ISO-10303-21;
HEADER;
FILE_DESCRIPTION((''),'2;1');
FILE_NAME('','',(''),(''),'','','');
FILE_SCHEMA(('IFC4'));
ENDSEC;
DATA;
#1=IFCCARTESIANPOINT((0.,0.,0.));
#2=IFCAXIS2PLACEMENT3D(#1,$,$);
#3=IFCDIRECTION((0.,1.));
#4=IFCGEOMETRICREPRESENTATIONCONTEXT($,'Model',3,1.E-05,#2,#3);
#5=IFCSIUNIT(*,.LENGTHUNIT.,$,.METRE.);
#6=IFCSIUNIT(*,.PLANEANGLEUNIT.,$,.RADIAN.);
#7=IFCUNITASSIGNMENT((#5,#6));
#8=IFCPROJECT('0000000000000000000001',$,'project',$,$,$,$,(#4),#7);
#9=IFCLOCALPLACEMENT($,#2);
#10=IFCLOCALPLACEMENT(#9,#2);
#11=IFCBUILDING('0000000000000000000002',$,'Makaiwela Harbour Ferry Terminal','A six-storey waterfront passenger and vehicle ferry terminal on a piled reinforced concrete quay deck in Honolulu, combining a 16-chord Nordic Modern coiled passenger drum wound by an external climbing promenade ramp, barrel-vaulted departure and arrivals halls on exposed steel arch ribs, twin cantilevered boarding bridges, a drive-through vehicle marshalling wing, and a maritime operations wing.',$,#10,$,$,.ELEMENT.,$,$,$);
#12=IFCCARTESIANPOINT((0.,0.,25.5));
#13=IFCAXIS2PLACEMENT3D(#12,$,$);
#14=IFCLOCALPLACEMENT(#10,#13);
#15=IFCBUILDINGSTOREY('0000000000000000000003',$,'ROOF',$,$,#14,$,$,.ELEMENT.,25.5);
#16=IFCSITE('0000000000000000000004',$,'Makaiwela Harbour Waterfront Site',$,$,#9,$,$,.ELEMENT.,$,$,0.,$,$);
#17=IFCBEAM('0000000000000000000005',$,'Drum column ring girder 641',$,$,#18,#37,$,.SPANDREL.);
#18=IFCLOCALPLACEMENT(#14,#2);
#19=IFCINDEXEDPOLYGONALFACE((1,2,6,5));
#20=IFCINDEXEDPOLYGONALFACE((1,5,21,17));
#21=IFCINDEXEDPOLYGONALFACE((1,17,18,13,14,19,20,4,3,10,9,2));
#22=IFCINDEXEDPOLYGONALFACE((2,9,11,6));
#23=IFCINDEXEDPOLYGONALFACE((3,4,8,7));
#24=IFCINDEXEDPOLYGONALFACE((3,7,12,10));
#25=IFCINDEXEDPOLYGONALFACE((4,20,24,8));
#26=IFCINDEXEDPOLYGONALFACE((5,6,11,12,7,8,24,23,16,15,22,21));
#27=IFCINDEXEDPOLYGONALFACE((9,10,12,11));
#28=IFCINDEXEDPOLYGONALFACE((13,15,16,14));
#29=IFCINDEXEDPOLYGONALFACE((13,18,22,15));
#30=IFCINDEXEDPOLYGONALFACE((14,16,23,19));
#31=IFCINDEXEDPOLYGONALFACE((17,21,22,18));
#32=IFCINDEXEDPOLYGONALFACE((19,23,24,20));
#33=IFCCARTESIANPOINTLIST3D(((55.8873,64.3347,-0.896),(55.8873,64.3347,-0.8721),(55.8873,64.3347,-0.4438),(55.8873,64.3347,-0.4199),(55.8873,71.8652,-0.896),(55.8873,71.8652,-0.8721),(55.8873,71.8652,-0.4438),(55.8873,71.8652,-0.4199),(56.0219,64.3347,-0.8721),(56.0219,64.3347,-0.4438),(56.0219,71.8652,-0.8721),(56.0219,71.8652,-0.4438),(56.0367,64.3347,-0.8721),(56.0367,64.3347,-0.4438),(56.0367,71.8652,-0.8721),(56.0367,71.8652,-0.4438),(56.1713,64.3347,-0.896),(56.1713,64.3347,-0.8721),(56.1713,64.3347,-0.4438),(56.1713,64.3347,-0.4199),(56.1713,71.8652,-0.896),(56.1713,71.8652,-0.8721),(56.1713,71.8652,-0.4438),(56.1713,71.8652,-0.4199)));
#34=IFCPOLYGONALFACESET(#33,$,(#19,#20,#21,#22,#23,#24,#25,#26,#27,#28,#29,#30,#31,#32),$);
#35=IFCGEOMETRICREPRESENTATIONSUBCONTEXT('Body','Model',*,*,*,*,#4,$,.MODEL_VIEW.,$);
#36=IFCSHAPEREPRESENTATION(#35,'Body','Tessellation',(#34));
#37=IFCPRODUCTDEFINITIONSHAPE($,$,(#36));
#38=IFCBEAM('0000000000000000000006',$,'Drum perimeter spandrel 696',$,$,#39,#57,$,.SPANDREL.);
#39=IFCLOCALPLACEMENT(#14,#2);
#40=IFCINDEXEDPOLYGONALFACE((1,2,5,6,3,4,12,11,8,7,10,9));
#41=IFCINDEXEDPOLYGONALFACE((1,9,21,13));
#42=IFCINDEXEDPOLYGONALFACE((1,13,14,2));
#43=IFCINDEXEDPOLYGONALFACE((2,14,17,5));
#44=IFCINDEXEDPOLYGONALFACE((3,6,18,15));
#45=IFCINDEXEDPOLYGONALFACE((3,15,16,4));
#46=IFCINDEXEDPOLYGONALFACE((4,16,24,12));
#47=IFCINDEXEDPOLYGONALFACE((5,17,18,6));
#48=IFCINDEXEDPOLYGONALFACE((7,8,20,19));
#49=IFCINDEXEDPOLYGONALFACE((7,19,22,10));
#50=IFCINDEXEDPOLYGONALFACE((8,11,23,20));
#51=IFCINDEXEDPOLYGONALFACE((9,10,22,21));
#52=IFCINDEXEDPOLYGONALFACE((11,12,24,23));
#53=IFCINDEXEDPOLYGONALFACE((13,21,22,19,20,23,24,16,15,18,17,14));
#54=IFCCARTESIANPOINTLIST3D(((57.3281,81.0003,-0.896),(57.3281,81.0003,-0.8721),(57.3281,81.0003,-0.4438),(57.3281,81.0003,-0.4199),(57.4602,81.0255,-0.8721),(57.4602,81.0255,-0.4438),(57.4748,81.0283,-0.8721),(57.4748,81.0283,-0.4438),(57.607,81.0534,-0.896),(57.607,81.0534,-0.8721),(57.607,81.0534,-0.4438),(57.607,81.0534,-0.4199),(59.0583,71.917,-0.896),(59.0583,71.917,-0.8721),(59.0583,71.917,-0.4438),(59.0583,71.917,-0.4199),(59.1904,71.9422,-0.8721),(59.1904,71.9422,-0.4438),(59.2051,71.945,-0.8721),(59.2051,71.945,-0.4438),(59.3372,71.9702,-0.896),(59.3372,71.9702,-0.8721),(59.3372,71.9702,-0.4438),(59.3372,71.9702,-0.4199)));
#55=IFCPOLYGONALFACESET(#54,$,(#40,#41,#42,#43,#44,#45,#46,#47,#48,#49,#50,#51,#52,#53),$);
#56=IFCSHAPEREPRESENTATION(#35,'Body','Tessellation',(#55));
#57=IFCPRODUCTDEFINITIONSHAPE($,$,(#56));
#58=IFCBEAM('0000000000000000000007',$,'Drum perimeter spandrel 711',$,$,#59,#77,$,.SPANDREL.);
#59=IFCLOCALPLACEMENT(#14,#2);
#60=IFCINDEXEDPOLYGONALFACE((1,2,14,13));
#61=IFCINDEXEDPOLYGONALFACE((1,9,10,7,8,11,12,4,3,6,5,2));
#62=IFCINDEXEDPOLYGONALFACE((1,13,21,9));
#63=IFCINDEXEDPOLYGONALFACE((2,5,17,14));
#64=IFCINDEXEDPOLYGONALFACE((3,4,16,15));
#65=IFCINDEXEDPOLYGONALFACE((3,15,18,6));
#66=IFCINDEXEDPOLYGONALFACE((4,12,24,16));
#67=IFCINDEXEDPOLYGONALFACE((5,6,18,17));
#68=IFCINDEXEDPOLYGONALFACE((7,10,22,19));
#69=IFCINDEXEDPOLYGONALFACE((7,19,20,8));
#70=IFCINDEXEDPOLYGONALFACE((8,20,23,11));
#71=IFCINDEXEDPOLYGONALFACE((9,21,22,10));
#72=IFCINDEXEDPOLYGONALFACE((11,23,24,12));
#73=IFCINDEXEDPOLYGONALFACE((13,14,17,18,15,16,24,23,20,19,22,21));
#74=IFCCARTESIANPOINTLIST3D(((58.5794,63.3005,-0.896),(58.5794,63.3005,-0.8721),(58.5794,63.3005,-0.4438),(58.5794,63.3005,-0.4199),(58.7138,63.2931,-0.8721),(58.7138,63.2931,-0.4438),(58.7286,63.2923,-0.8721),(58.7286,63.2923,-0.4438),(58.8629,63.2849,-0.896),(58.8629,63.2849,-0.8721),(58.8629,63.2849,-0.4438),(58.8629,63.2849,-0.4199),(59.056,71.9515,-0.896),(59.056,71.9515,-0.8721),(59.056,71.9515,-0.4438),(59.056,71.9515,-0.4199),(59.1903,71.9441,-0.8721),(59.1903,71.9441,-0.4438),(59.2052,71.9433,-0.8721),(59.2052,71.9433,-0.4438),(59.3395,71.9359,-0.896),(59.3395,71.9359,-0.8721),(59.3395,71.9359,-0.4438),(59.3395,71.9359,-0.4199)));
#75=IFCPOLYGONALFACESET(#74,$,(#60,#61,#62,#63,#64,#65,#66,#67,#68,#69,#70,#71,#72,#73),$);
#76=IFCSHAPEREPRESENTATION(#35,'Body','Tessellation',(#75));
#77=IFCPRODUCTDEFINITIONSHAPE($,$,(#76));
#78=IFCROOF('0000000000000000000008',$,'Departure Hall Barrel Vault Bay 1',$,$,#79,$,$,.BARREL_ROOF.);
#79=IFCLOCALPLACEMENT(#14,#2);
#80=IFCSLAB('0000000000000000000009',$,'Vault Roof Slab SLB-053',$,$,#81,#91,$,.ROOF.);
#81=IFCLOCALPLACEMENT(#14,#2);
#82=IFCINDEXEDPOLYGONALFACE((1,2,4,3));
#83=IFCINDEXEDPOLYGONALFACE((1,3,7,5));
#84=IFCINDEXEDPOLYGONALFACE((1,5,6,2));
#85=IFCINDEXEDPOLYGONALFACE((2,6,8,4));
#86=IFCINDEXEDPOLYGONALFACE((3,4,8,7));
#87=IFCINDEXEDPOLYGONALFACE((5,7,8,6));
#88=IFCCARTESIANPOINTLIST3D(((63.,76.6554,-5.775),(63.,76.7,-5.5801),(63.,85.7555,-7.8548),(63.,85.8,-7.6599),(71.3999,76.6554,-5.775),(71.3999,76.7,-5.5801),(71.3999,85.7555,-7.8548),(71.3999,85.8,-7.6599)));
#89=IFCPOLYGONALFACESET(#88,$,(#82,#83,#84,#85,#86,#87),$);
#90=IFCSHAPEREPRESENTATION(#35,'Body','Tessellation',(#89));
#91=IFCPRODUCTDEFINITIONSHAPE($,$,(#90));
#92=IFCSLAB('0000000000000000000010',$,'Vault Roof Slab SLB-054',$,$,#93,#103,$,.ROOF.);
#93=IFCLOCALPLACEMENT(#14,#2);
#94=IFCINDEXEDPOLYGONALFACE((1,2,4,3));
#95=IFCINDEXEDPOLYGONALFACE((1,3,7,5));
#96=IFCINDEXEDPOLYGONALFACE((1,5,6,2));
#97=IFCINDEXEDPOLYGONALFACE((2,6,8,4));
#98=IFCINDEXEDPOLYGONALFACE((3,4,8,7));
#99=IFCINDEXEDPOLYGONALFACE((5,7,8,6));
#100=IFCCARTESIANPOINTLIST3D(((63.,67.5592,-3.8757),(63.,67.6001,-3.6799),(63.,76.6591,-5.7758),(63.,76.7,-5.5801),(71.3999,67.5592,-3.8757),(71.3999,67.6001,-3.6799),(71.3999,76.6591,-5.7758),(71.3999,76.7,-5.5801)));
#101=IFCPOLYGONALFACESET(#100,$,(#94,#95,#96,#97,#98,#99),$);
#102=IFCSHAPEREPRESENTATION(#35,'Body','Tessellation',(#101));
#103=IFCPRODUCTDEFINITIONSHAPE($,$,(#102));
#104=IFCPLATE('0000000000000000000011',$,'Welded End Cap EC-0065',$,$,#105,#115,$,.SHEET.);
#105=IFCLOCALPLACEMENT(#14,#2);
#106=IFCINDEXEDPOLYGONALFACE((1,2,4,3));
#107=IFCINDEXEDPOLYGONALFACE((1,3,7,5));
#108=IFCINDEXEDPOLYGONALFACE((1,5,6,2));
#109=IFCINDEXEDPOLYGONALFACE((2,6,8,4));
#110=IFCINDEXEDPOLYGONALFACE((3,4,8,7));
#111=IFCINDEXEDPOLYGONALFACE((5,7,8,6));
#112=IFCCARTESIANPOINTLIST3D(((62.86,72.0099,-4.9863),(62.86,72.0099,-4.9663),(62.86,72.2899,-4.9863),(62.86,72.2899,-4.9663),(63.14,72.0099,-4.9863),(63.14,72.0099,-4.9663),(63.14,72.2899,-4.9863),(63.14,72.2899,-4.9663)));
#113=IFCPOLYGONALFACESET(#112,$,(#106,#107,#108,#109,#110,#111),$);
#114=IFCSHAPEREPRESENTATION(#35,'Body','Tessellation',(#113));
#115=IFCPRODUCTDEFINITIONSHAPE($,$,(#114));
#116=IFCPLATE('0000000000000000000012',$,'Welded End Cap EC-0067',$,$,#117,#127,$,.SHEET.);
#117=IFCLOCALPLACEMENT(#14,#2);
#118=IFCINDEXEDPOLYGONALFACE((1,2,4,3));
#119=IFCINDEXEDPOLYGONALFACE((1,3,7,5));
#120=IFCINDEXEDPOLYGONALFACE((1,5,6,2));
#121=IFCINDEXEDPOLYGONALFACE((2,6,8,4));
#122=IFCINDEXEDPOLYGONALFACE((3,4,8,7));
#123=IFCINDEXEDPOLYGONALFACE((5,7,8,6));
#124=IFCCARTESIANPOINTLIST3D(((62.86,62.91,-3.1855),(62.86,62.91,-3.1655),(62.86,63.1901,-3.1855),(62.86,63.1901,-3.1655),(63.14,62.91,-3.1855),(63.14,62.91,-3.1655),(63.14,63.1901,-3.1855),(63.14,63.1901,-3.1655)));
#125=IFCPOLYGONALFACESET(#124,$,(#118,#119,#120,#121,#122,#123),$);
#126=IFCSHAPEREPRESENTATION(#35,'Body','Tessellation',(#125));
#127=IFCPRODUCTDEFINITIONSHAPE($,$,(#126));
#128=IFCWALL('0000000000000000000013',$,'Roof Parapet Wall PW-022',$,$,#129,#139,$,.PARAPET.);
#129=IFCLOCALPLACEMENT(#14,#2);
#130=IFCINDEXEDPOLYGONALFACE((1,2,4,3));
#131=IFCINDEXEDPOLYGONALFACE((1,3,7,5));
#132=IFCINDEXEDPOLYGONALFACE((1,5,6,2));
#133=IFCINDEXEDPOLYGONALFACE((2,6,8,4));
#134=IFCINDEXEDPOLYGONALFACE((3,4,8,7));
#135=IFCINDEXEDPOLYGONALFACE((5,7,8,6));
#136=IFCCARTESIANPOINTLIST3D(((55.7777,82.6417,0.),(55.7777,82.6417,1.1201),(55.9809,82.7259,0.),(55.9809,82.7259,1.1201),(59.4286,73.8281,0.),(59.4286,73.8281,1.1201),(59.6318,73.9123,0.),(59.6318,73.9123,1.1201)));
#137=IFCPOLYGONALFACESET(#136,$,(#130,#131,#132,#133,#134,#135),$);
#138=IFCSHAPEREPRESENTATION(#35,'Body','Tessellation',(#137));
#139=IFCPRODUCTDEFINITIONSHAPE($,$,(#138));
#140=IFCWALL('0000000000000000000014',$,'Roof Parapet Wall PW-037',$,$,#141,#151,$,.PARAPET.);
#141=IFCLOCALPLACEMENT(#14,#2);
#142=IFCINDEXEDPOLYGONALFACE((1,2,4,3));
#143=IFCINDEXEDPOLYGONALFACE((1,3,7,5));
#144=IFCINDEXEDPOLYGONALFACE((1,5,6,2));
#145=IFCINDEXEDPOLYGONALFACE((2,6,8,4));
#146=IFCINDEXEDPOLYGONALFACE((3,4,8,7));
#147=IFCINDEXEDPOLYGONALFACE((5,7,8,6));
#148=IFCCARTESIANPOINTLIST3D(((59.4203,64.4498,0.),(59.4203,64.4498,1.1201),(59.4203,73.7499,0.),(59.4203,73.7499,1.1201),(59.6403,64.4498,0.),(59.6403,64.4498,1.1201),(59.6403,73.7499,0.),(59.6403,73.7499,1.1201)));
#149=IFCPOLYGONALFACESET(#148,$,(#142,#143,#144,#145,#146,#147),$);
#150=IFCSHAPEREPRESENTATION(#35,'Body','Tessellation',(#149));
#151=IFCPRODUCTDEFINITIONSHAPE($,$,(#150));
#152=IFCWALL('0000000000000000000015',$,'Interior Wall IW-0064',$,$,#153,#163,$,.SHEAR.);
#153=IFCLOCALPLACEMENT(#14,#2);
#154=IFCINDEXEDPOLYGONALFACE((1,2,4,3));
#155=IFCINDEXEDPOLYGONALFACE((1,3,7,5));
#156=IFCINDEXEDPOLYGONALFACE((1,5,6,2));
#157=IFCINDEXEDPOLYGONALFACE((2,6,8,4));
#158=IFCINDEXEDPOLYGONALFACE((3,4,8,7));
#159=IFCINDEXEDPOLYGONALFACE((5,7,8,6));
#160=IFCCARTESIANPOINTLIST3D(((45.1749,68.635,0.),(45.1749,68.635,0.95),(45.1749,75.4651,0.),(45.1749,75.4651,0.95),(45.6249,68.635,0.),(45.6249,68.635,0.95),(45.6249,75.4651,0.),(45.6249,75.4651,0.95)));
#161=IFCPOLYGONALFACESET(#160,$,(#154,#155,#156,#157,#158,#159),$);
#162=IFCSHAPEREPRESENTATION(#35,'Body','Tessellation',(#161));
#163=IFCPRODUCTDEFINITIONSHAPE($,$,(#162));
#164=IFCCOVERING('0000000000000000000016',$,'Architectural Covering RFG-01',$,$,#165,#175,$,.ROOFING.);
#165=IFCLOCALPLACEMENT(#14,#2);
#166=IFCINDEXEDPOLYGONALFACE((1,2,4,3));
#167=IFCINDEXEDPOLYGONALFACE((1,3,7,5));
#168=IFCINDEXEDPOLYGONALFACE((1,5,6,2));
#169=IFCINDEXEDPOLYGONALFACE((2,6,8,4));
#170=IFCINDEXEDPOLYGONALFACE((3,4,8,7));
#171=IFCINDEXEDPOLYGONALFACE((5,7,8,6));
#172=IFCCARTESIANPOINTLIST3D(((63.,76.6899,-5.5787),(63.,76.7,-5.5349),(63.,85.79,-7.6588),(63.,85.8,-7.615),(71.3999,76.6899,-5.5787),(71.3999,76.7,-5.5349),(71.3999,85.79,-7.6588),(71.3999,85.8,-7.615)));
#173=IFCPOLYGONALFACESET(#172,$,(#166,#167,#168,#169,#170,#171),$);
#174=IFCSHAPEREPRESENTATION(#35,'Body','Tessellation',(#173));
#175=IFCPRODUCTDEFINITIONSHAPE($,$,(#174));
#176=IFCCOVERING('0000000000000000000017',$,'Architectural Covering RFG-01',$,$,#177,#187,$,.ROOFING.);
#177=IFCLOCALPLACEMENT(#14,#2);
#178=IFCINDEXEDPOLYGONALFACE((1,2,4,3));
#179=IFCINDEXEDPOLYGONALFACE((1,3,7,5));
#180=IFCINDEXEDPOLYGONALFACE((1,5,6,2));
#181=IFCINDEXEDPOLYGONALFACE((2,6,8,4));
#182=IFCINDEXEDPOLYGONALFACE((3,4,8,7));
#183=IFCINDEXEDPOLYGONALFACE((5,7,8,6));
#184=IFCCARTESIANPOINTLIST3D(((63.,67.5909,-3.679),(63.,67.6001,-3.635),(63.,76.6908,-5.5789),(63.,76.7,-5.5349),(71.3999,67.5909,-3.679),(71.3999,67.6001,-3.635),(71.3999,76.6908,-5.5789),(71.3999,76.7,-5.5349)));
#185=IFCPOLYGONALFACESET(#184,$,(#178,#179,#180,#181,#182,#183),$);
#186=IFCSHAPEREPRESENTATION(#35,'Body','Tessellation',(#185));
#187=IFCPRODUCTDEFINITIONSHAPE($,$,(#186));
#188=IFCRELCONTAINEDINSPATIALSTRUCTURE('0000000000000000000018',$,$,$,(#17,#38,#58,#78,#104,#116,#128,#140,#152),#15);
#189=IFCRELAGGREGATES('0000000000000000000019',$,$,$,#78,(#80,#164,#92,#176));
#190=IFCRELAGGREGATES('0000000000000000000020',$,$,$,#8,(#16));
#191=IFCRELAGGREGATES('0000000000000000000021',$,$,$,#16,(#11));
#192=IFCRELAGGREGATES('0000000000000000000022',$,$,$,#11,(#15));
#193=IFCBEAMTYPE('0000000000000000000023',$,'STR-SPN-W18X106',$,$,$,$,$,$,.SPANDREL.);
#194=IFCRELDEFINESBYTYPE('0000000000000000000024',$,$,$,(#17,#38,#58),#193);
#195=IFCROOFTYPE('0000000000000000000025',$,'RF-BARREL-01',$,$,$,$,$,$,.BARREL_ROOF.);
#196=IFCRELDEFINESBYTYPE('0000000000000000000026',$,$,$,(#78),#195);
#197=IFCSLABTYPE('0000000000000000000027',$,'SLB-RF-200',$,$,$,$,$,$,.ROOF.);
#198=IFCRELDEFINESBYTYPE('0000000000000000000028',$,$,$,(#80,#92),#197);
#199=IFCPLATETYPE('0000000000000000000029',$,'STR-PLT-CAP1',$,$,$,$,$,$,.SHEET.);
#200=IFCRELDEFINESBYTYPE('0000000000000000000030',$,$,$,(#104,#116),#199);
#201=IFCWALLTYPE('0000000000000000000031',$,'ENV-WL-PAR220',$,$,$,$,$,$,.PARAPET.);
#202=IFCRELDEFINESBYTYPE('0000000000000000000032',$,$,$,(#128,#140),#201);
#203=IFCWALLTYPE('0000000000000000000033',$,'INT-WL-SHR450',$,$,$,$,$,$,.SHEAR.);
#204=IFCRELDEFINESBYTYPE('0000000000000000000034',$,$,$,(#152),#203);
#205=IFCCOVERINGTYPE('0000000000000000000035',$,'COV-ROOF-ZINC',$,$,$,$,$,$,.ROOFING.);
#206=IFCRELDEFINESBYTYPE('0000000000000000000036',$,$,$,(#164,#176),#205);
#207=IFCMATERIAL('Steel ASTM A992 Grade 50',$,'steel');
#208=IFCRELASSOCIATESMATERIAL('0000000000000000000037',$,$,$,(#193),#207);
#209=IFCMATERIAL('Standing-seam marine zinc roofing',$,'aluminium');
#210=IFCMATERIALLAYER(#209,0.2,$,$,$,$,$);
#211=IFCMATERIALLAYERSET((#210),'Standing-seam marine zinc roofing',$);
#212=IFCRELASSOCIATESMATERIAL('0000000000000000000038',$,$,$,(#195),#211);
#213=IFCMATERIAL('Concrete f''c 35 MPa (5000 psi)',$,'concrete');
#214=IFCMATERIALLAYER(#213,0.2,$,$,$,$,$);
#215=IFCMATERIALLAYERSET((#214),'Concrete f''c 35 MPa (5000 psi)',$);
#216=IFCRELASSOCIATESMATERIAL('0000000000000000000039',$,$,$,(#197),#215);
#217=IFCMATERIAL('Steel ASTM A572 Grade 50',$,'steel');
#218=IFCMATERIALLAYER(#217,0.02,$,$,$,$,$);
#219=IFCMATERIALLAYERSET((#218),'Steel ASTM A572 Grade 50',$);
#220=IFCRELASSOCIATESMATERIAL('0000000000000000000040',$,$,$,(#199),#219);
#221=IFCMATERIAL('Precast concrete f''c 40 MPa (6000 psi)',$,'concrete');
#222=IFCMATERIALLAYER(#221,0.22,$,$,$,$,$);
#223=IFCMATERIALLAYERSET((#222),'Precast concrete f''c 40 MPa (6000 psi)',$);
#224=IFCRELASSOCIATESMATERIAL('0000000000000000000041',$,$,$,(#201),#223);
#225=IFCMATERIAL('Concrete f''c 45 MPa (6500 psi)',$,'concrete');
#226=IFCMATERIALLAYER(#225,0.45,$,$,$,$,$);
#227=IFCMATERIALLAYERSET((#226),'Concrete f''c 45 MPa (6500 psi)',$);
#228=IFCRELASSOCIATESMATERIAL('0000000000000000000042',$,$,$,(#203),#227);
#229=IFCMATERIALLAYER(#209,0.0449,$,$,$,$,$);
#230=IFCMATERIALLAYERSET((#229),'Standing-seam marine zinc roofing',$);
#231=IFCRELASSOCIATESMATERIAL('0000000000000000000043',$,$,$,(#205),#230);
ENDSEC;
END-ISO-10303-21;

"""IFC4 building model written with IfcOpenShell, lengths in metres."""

from ifc_helpers import new_model, si_unit, direction, frame, frame_2d, origin, origin_2d, place, context, subcontext, project, spatial, polyline, rectangle, i_section, outline, extrude, material, layer, layer_set, material_profile, profile_set, type_object, element, aggregate, save


model = new_model("IFC4")

# Units and contexts
model_context = context("Model", 3, precision=1e-05, world=origin(), true_north=direction((0.0, 1.0)))
body_context = subcontext(model_context, "Body", "Model", "MODEL_VIEW")
ifc_project = project(units=[si_unit("LENGTHUNIT", "METRE"), si_unit("PLANEANGLEUNIT", "RADIAN")], contexts=[model_context])

# Site, building, storey
site_placement = place(None, origin())
site = spatial("IfcSite", under=ifc_project, at=site_placement, Name="Makaiwela Harbour Waterfront Site", CompositionType="ELEMENT", RefElevation=0.0)
building_placement = place(site_placement, origin())
building = spatial("IfcBuilding", under=site, at=building_placement, Name="Makaiwela Harbour Ferry Terminal", Description="A six-storey waterfront passenger and vehicle ferry terminal on a piled reinforced concrete quay deck in Honolulu, combining a 16-chord Nordic Modern coiled passenger drum wound by an external climbing promenade ramp, barrel-vaulted departure and arrivals halls on exposed steel arch ribs, twin cantilevered boarding bridges, a drive-through vehicle marshalling wing, and a maritime operations wing.", CompositionType="ELEMENT")
storey_placement = place(building_placement, frame((0.0, 0.0, 25.5)))
storey = spatial("IfcBuildingStorey", under=building, at=storey_placement, Name="ROOF", CompositionType="ELEMENT", Elevation=25.5)

# Shared definitions
ifc_material_1 = material(Name="Steel ASTM A992 Grade 50", Category="steel")

# Beams
ifc_material_profile_1 = material_profile(ifc_material_1, i_section(OverallWidth=0.2839, OverallDepth=0.4761, WebThickness=0.0149, FlangeThickness=0.0239, at=origin_2d()), Name="W18X106")
ifc_profile_set_1 = profile_set([ifc_material_profile_1], Name="Steel ASTM A992 Grade 50")
beam_type_1 = type_object("IfcBeamType", Name="STR-SPN-W18X106", PredefinedType="SPANDREL", material=ifc_profile_set_1)
for number, where, z_axis, x_axis, name in (
    (1, (56.0293, 64.3347, -0.658), (0.0, 1.0, 0.0), (-1.0, 0.0, 0.0), "Drum column ring girder 641"),
):
    element("IfcBeam", number, at=place(storey_placement, frame(where, z_axis=z_axis, x_axis=x_axis)), inside=storey, type_object=beam_type_1, Name=name, PredefinedType="SPANDREL", context=body_context, shape_type="SweptSolid", body=[
        extrude(i_section(OverallWidth=0.2839, OverallDepth=0.4761, WebThickness=0.0149, FlangeThickness=0.0239, at=origin_2d()), origin(), (0.0, 0.0, 1.0), 7.5305),
    ])
beam_1_placement = place(storey_placement, frame((59.1978, 71.9436, -0.658), z_axis=(-0.187121, 0.982337, 0.0), x_axis=(-0.982337, -0.187121, 0.0)))
element("IfcBeam", 2, at=beam_1_placement, inside=storey, type_object=beam_type_1, Name="Drum perimeter spandrel 696", PredefinedType="SPANDREL", context=body_context, shape_type="SweptSolid", body=[
    extrude(i_section(OverallWidth=0.2839, OverallDepth=0.4761, WebThickness=0.0149, FlangeThickness=0.0239, at=origin_2d()), origin(), (0.0, 0.0, 1.0), 9.2466),
])
beam_2_placement = place(storey_placement, frame((58.7212, 63.2927, -0.658), z_axis=(0.055005, 0.998486, 0.0), x_axis=(-0.998486, 0.055005, 0.0)))
element("IfcBeam", 3, at=beam_2_placement, inside=storey, type_object=beam_type_1, Name="Drum perimeter spandrel 711", PredefinedType="SPANDREL", context=body_context, shape_type="SweptSolid", body=[
    extrude(i_section(OverallWidth=0.2839, OverallDepth=0.4761, WebThickness=0.0149, FlangeThickness=0.0239, at=origin_2d()), origin(), (0.0, 0.0, 1.0), 8.6641),
])

# Roof, slabs
ifc_material_2 = material(Name="Standing-seam marine zinc roofing", Category="aluminium")
ifc_layer_1 = layer(ifc_material_2, 0.2)
ifc_layer_set_1 = layer_set([ifc_layer_1], Name="Standing-seam marine zinc roofing")
roof_type = type_object("IfcRoofType", Name="RF-BARREL-01", PredefinedType="BARREL_ROOF", material=ifc_layer_set_1)
roof_placement = place(storey_placement, origin())
roof = element("IfcRoof", 4, at=roof_placement, inside=storey, type_object=roof_type, Name="Departure Hall Barrel Vault Bay 1", PredefinedType="BARREL_ROOF")
ifc_material_3 = material(Name="Concrete f'c 35 MPa (5000 psi)", Category="concrete")
ifc_layer_2 = layer(ifc_material_3, 0.2)
ifc_layer_set_2 = layer_set([ifc_layer_2], Name="Concrete f'c 35 MPa (5000 psi)")
slab_type = type_object("IfcSlabType", Name="SLB-RF-200", PredefinedType="ROOF", material=ifc_layer_set_2)
slab_1_placement = place(storey_placement, frame((63.0, 76.7, -5.5801), z_axis=(0.0, 0.222806, 0.974863), x_axis=(1.0, 0.0, 0.0)))
slab_1 = element("IfcSlab", 5, at=slab_1_placement, type_object=slab_type, Name="Vault Roof Slab SLB-053", PredefinedType="ROOF", context=body_context, shape_type="SweptSolid", body=[
    extrude(outline(polyline([(0.0, 0.0), (8.3999, 0.0), (8.3999, 9.3347), (0.0, 9.3347), (0.0, 0.0)])), origin(), (0.0, 0.0, -1.0), 0.2),
])
slab_2_placement = place(storey_placement, frame((63.0, 67.6001, -3.6799), z_axis=(0.0, 0.204402, 0.978887), x_axis=(1.0, 0.0, 0.0)))
slab_2 = element("IfcSlab", 6, at=slab_2_placement, type_object=slab_type, Name="Vault Roof Slab SLB-054", PredefinedType="ROOF", context=body_context, shape_type="SweptSolid", body=[
    extrude(outline(polyline([(0.0, 0.0), (8.3999, 0.0), (8.3999, 9.2961), (0.0, 9.2961), (0.0, 0.0)])), origin(), (0.0, 0.0, -1.0), 0.2),
])

# Plates
ifc_material_4 = material(Name="Steel ASTM A572 Grade 50", Category="steel")
ifc_layer_3 = layer(ifc_material_4, 0.02)
ifc_layer_set_3 = layer_set([ifc_layer_3], Name="Steel ASTM A572 Grade 50")
plate_type = type_object("IfcPlateType", Name="STR-PLT-CAP1", PredefinedType="SHEET", material=ifc_layer_set_3)
for number, where, z_axis, x_axis, name in (
    (7, (63.0, 72.1499, -4.9863), (0.0, 0.0, 1.0), (0.0, 1.0, 0.0), "Welded End Cap EC-0065"),
    (8, (63.0, 63.05, -3.1855), (0.0, 0.0, 1.0), (0.0, 1.0, 0.0), "Welded End Cap EC-0067"),
):
    element("IfcPlate", number, at=place(storey_placement, frame(where, z_axis=z_axis, x_axis=x_axis)), inside=storey, type_object=plate_type, Name=name, PredefinedType="SHEET", context=body_context, shape_type="SweptSolid", body=[
        extrude(rectangle(XDim=0.28, YDim=0.28, at=origin_2d()), origin(), (0.0, 0.0, 1.0), 0.02),
    ])

# Walls
ifc_material_5 = material(Name="Precast concrete f'c 40 MPa (6000 psi)", Category="concrete")
ifc_layer_4 = layer(ifc_material_5, 0.22)
ifc_layer_set_4 = layer_set([ifc_layer_4], Name="Precast concrete f'c 40 MPa (6000 psi)")
wall_type_1 = type_object("IfcWallType", Name="ENV-WL-PAR220", PredefinedType="PARAPET", material=ifc_layer_set_4)
wall_1_placement = place(storey_placement, frame((59.5303, 73.8701, 0.0), z_axis=(0.0, 0.0, 1.0), x_axis=(-0.382703, 0.923871, 0.0)))
element("IfcWall", 9, at=wall_1_placement, inside=storey, type_object=wall_type_1, Name="Roof Parapet Wall PW-022", PredefinedType="PARAPET", context=body_context, shape_type="SweptSolid", body=[
    extrude(rectangle(XDim=9.5398, YDim=0.22, at=frame_2d((4.77, 0.0))), origin(), (0.0, 0.0, 1.0), 1.1201),
])
wall_2_placement = place(storey_placement, frame((59.5303, 64.45, 0.0), z_axis=(0.0, 0.0, 1.0), x_axis=(0.0, 1.0, 0.0)))
element("IfcWall", 10, at=wall_2_placement, inside=storey, type_object=wall_type_1, Name="Roof Parapet Wall PW-037", PredefinedType="PARAPET", context=body_context, shape_type="SweptSolid", body=[
    extrude(rectangle(XDim=9.3, YDim=0.22, at=frame_2d((4.6499, 0.0))), origin(), (0.0, 0.0, 1.0), 1.1201),
])
ifc_material_6 = material(Name="Concrete f'c 45 MPa (6500 psi)", Category="concrete")
ifc_layer_5 = layer(ifc_material_6, 0.45)
ifc_layer_set_5 = layer_set([ifc_layer_5], Name="Concrete f'c 45 MPa (6500 psi)")
wall_type_2 = type_object("IfcWallType", Name="INT-WL-SHR450", PredefinedType="SHEAR", material=ifc_layer_set_5)
wall_3_placement = place(storey_placement, frame((45.3999, 68.635, 0.0), z_axis=(0.0, 0.0, 1.0), x_axis=(0.0, 1.0, 0.0)))
element("IfcWall", 11, at=wall_3_placement, inside=storey, type_object=wall_type_2, Name="Interior Wall IW-0064", PredefinedType="SHEAR", context=body_context, shape_type="SweptSolid", body=[
    extrude(rectangle(XDim=6.8301, YDim=0.45, at=frame_2d((3.415, 0.0))), origin(), (0.0, 0.0, 1.0), 0.95),
])

# Coverings
ifc_layer_6 = layer(ifc_material_2, 0.0449)
ifc_layer_set_6 = layer_set([ifc_layer_6], Name="Standing-seam marine zinc roofing")
covering_type_1 = type_object("IfcCoveringType", Name="COV-ROOF-ZINC", PredefinedType="ROOFING", material=ifc_layer_set_6)
covering_1_placement = place(storey_placement, frame((63.0, 76.7, -5.5349), z_axis=(0.0, 0.22283, 0.974857), x_axis=(1.0, 0.0, 0.0)))
covering_1 = element("IfcCovering", 12, at=covering_1_placement, type_object=covering_type_1, Name="Architectural Covering RFG-01", PredefinedType="ROOFING", context=body_context, shape_type="SweptSolid", body=[
    extrude(outline(polyline([(0.0, 0.0), (8.3999, 0.0), (8.3999, 9.3348), (0.0, 9.3348), (0.0, 0.0)])), origin(), (0.0, 0.0, -1.0), 0.0449),
])
covering_2_placement = place(storey_placement, frame((63.0, 67.6001, -3.635), z_axis=(0.0, 0.204377, 0.978892), x_axis=(1.0, 0.0, 0.0)))
covering_2 = element("IfcCovering", 13, at=covering_2_placement, type_object=covering_type_1, Name="Architectural Covering RFG-01", PredefinedType="ROOFING", context=body_context, shape_type="SweptSolid", body=[
    extrude(outline(polyline([(0.0, 0.0), (8.3999, 0.0), (8.3999, 9.2961), (0.0, 9.2961), (0.0, 0.0)])), origin(), (0.0, 0.0, -1.0), 0.0449),
])
aggregate(roof, [slab_1, covering_1, slab_2, covering_2])

save(model, "model.ifc")
